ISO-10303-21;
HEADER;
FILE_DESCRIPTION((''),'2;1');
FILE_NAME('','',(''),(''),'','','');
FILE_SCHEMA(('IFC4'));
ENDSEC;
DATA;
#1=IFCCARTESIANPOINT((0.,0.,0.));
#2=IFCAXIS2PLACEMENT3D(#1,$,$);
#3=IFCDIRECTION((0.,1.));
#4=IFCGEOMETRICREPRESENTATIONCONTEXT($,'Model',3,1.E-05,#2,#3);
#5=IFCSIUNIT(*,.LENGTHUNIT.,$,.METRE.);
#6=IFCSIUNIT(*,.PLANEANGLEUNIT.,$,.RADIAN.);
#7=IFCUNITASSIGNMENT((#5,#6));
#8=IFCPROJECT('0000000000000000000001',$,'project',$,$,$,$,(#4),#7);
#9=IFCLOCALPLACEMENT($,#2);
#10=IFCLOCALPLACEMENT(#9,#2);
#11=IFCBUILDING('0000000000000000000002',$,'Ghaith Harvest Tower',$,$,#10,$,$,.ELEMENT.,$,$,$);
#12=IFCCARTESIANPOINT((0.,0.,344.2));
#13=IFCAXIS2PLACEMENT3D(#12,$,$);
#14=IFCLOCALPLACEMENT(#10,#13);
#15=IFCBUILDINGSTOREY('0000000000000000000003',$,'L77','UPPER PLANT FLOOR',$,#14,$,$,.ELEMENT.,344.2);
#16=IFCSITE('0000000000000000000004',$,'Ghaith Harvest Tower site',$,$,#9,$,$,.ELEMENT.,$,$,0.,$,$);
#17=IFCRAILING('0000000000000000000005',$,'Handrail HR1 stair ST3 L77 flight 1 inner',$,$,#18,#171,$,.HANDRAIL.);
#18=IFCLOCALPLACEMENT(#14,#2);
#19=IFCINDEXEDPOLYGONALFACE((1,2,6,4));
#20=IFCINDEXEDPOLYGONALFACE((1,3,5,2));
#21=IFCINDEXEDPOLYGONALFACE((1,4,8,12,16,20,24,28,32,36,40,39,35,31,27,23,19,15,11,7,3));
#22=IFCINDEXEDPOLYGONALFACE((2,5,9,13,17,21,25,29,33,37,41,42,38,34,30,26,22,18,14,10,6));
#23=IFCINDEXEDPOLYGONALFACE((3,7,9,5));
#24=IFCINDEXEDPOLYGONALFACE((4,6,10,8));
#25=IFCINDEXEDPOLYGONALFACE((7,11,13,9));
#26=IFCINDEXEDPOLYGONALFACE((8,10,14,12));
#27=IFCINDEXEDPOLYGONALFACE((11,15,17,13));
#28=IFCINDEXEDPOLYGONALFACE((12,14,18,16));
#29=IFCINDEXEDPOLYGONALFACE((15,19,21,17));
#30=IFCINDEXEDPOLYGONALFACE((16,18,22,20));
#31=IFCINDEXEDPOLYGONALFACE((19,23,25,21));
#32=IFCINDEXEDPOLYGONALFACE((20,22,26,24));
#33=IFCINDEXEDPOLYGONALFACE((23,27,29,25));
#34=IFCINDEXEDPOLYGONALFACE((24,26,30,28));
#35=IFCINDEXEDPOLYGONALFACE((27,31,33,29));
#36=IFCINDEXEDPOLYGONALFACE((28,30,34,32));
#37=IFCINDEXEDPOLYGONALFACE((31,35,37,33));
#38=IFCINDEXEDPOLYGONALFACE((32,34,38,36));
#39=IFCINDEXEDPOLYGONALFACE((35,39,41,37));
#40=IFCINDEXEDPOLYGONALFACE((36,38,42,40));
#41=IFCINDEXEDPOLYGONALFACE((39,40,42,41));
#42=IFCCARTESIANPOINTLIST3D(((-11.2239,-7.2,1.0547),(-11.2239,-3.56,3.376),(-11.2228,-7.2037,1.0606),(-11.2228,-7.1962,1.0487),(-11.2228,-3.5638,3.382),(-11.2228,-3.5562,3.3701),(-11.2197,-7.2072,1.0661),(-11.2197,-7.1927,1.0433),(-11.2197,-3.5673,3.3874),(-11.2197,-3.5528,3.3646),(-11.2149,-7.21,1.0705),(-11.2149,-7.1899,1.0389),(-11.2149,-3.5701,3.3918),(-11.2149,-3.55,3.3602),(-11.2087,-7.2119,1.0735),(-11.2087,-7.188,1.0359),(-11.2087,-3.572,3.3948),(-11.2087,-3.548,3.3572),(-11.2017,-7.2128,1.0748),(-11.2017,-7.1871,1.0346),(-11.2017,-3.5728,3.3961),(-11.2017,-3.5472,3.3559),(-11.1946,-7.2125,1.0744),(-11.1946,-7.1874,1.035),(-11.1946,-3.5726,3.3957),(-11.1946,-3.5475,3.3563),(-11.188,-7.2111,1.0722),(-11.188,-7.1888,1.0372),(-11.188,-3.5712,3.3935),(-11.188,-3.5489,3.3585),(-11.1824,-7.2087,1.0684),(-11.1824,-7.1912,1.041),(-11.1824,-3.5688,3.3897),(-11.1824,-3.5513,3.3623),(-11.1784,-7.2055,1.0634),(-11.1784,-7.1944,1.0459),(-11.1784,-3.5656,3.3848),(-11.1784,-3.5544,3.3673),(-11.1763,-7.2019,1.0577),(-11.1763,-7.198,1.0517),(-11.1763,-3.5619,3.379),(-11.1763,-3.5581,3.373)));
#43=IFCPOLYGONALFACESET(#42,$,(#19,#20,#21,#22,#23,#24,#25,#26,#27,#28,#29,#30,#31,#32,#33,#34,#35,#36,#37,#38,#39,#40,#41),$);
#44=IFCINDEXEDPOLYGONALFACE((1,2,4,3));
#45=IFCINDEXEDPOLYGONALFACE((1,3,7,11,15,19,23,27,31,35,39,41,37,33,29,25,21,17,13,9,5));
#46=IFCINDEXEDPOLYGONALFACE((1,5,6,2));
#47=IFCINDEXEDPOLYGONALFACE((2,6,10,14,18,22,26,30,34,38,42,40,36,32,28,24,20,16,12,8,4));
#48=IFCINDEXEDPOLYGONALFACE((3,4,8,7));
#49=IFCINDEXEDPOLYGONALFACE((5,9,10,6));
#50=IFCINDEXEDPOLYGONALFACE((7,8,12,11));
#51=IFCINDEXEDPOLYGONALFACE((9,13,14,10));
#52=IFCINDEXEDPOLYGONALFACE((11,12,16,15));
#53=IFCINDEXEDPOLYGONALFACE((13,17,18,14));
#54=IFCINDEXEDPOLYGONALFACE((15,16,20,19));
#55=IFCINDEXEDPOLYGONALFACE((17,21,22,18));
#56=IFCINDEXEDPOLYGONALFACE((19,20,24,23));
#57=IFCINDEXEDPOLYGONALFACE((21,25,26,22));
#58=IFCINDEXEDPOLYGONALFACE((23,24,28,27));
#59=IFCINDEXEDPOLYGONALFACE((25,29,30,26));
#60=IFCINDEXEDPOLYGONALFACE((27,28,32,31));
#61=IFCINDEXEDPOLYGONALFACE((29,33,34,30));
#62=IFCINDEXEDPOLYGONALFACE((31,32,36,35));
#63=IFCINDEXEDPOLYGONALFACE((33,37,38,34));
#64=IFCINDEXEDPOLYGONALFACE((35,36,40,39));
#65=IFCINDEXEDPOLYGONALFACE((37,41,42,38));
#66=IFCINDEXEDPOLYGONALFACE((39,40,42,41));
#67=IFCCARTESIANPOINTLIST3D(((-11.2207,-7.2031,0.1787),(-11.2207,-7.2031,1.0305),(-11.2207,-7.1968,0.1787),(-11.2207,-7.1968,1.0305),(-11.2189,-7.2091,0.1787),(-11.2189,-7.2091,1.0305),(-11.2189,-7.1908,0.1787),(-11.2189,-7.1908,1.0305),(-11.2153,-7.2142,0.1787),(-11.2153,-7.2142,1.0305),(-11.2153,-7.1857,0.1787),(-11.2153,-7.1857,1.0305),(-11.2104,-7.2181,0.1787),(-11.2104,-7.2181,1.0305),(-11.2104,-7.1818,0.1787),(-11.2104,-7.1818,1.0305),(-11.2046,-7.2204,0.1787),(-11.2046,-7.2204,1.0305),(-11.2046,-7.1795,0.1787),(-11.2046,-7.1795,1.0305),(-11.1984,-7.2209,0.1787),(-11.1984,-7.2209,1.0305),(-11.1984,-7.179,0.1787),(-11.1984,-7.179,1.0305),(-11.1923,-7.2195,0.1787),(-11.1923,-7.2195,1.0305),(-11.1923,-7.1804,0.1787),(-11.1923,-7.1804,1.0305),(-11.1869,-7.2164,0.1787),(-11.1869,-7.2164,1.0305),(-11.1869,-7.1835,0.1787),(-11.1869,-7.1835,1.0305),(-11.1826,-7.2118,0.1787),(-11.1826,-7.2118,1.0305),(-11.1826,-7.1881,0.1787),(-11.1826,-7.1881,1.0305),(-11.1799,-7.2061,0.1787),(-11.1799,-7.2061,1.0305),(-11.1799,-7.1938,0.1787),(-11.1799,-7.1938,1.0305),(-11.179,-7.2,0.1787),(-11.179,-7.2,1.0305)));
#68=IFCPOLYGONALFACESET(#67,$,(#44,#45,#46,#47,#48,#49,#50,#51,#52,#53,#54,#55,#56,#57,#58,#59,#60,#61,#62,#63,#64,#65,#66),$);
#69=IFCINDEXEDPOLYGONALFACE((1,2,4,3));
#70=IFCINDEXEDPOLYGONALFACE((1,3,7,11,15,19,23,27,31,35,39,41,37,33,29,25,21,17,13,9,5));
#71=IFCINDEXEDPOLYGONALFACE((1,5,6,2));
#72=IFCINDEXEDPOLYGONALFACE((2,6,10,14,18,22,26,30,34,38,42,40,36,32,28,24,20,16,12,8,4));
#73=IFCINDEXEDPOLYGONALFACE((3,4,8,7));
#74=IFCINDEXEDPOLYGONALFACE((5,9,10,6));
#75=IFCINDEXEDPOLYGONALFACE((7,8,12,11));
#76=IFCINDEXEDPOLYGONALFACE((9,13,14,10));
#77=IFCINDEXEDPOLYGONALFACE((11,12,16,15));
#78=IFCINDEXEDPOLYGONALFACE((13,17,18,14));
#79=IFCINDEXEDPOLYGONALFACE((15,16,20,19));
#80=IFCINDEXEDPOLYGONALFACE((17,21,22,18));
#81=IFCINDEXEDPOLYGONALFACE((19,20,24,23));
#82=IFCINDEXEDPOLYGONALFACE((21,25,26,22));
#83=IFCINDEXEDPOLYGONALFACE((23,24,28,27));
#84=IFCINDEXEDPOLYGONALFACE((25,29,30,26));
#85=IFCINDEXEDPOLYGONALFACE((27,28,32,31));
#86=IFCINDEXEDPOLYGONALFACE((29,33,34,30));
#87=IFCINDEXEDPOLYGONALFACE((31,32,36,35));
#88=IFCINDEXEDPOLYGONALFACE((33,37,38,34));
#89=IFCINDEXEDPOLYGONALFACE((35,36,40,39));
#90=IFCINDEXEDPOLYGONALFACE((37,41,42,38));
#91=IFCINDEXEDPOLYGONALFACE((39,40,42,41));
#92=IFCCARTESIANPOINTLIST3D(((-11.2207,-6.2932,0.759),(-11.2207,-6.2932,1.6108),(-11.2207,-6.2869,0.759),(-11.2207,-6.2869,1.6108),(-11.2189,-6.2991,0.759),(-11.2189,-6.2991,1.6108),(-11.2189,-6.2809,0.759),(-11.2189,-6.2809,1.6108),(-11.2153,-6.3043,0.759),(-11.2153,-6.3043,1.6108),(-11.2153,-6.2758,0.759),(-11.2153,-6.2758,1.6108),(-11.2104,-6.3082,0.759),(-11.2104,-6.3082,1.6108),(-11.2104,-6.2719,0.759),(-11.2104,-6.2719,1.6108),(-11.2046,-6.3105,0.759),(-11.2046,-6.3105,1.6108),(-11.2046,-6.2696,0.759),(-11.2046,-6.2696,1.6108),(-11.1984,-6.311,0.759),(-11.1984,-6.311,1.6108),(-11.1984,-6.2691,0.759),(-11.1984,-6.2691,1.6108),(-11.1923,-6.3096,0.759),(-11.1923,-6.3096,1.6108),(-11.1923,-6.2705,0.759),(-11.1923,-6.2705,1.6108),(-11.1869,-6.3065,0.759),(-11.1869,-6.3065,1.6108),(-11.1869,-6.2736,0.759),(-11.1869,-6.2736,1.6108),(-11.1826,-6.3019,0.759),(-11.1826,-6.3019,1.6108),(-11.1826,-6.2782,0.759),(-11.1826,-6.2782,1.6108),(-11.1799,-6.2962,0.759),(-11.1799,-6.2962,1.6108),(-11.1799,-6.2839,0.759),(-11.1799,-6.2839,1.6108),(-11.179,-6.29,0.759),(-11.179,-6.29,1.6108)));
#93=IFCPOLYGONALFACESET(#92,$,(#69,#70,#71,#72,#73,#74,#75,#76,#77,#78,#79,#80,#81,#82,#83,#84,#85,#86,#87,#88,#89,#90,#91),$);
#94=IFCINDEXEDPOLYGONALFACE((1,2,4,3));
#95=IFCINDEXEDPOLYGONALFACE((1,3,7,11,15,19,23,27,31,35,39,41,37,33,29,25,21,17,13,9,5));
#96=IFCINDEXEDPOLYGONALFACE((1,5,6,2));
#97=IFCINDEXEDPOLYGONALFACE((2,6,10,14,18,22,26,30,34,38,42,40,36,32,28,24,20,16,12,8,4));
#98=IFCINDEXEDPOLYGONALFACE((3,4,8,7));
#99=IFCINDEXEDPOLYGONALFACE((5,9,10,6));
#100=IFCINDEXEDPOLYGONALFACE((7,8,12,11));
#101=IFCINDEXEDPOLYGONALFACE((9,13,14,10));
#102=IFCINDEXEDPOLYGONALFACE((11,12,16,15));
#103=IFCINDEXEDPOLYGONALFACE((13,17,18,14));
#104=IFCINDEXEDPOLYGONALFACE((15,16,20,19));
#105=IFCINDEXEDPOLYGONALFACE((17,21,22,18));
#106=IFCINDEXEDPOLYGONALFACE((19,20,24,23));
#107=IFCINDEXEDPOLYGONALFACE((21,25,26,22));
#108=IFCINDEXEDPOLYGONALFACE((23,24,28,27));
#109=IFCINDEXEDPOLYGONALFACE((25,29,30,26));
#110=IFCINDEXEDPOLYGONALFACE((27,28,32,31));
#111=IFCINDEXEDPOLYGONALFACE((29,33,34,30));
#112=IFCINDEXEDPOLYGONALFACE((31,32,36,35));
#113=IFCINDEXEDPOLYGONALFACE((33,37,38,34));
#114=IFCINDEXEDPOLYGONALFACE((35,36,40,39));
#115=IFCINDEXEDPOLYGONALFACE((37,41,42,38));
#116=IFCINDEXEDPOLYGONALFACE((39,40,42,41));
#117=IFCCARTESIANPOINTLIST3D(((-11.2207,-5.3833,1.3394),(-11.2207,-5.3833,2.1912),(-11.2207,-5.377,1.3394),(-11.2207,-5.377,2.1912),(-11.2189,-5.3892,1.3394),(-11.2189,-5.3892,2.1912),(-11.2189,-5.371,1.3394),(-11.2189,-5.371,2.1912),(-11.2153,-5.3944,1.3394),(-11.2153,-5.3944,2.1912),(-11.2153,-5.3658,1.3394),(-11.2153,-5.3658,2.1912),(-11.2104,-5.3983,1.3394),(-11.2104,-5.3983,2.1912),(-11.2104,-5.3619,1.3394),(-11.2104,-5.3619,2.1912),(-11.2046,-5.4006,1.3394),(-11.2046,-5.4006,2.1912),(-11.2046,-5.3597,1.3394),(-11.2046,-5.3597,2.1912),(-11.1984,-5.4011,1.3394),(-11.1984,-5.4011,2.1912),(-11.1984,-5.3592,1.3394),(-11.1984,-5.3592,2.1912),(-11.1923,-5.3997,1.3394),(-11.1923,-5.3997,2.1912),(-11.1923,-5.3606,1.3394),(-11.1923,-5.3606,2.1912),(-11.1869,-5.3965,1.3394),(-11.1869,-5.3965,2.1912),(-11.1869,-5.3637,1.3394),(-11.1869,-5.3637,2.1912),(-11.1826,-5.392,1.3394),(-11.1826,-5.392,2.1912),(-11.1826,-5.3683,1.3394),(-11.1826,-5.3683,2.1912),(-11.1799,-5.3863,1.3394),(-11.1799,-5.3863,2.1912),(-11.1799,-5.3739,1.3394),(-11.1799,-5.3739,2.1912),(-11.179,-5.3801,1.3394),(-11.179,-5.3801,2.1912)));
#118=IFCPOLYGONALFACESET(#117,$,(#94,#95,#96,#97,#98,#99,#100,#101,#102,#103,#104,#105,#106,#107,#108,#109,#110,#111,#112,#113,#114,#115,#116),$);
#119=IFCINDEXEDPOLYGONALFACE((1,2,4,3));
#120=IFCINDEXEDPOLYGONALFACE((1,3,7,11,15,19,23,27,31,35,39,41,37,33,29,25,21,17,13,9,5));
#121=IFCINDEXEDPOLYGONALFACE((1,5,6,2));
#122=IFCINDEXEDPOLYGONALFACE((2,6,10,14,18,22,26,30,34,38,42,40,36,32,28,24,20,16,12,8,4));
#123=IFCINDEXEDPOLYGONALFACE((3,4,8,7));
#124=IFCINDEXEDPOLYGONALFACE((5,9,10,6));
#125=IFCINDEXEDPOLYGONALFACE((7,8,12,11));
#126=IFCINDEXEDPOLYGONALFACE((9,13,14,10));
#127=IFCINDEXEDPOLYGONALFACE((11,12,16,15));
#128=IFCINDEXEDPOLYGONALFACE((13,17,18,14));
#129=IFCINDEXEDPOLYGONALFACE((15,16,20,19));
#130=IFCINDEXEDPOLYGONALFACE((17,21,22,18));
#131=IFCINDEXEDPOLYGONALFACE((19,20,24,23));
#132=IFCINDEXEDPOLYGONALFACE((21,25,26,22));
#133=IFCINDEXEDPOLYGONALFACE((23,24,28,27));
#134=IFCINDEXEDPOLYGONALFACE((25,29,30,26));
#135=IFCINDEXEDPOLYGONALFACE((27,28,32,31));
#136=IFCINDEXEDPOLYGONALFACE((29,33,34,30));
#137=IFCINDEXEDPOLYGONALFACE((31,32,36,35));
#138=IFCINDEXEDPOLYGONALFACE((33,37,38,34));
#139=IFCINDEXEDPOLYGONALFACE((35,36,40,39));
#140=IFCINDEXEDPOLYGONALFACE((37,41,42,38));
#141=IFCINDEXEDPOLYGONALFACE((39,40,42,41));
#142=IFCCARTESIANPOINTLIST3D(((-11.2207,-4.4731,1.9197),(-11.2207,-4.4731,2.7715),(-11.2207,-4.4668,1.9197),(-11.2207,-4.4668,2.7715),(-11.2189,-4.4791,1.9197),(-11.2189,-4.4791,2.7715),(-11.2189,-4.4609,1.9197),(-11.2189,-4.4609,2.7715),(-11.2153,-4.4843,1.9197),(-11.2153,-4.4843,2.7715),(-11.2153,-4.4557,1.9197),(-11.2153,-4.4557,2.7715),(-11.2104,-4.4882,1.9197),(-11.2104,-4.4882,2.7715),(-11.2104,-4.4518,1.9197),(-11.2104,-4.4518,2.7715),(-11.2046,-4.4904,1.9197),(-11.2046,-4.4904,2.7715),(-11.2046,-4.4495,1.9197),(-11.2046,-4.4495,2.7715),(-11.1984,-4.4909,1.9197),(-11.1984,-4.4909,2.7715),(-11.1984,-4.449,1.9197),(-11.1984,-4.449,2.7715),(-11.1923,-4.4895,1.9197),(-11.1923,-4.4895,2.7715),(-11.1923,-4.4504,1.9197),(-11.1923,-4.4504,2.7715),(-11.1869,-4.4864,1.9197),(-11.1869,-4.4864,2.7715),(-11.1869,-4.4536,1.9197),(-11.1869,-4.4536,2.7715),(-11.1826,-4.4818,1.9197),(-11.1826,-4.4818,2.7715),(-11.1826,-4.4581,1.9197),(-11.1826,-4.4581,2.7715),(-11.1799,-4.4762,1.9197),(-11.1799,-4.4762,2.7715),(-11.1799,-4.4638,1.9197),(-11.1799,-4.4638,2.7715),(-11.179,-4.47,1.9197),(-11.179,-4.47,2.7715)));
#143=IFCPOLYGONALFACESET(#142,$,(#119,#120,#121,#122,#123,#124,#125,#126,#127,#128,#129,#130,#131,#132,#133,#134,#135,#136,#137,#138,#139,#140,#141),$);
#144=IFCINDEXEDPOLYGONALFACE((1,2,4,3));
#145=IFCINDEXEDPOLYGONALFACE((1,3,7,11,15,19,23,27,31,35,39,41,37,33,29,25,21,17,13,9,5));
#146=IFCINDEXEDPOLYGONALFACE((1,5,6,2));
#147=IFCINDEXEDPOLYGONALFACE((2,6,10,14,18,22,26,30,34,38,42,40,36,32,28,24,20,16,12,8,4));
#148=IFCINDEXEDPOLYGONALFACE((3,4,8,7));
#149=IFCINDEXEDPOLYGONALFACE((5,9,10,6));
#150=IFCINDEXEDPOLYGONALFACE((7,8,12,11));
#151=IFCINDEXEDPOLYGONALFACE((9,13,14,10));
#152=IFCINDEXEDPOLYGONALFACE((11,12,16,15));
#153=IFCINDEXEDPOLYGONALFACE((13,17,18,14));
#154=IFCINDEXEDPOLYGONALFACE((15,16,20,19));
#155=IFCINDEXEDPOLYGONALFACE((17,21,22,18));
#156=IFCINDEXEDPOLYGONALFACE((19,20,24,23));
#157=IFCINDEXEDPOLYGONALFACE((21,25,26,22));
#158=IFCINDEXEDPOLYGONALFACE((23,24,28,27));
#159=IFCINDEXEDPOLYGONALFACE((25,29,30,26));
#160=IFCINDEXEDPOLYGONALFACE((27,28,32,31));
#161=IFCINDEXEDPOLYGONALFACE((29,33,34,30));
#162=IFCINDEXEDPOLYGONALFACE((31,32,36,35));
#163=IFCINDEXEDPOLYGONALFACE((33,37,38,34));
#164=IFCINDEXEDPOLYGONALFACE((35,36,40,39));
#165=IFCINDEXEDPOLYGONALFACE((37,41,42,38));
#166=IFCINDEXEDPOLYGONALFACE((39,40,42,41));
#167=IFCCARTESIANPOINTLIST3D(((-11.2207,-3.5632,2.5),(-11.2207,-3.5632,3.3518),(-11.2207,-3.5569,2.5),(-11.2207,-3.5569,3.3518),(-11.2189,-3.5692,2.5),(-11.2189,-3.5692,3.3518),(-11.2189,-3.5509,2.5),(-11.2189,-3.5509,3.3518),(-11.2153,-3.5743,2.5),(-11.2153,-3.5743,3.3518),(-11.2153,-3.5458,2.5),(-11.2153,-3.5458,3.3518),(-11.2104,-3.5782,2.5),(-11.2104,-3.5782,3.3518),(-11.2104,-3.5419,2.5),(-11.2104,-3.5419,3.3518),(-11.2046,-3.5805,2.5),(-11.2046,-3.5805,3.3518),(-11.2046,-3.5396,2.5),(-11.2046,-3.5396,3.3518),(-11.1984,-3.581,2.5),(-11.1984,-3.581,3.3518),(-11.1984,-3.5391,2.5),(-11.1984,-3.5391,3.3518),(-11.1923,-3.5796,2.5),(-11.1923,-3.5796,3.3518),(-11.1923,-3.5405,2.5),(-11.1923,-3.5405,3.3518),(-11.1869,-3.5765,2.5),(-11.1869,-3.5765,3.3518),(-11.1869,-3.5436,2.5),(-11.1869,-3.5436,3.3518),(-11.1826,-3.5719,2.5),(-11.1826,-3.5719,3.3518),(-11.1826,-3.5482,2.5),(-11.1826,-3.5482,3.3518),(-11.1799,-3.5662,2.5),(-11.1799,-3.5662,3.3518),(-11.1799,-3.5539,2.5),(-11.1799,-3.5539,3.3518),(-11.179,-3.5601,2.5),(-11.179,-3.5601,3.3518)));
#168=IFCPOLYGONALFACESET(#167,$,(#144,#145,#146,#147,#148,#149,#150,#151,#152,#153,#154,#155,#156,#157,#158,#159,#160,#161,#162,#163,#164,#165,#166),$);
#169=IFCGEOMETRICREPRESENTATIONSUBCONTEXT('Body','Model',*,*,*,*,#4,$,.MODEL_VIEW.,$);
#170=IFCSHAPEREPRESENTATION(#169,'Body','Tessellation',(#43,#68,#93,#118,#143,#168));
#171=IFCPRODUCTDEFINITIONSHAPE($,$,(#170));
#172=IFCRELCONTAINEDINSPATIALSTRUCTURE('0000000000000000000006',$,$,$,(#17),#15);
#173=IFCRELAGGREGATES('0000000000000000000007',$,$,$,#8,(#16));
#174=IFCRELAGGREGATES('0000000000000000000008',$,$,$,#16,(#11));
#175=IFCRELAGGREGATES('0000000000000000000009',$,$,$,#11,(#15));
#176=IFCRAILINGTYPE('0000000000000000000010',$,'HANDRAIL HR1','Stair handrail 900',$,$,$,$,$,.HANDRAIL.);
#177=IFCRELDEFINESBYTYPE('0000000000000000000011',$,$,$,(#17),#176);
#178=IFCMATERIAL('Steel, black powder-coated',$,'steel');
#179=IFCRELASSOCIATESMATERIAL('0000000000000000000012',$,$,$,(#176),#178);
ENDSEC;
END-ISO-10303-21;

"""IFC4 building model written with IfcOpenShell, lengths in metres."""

from ifc_helpers import new_model, si_unit, direction, frame, origin, origin_2d, place, context, subcontext, project, spatial, circle, extrude, material, type_object, element, save


model = new_model("IFC4")

# Units and contexts
model_context = context("Model", 3, precision=1e-05, world=origin(), true_north=direction((0.0, 1.0)))
body_context = subcontext(model_context, "Body", "Model", "MODEL_VIEW")
ifc_project = project(units=[si_unit("LENGTHUNIT", "METRE"), si_unit("PLANEANGLEUNIT", "RADIAN")], contexts=[model_context])

# Site, building, storey
site_placement = place(None, origin())
site = spatial("IfcSite", under=ifc_project, at=site_placement, Name="Ghaith Harvest Tower site", CompositionType="ELEMENT", RefElevation=0.0)
building_placement = place(site_placement, origin())
building = spatial("IfcBuilding", under=site, at=building_placement, Name="Ghaith Harvest Tower", CompositionType="ELEMENT")
storey_placement = place(building_placement, frame((0.0, 0.0, 344.2)))
storey = spatial("IfcBuildingStorey", under=building, at=storey_placement, Name="L77", Description="UPPER PLANT FLOOR", CompositionType="ELEMENT", Elevation=344.2)

# Railing
ifc_material_1 = material(Name="Steel, black powder-coated", Category="steel")
railing_type = type_object("IfcRailingType", Name="HANDRAIL HR1", Description="Stair handrail 900", PredefinedType="HANDRAIL", material=ifc_material_1)
railing_1_placement = place(storey_placement, frame((-11.2, -7.2, 0.1787)))
element("IfcRailing", 1, at=railing_1_placement, inside=storey, type_object=railing_type, Name="Handrail HR1 stair ST3 L77 flight 1 inner", PredefinedType="HANDRAIL", context=body_context, shape_type="SweptSolid", body=[
    extrude(circle(Radius=0.0239, at=origin_2d()), frame((0.0, 0.0, 0.876), z_axis=(0.0, 0.843137, 0.537699), x_axis=(-1.0, 0.0, 0.0)), (0.0, 0.0, 1.0), 4.3171),
    extrude(circle(Radius=0.021, at=origin_2d()), origin(), (0.0, 0.0, 1.0), 0.8518),
    extrude(circle(Radius=0.021, at=origin_2d()), frame((0.0, 0.9099, 0.5803)), (0.0, 0.0, 1.0), 0.8518),
    extrude(circle(Radius=0.021, at=origin_2d()), frame((0.0, 1.8198, 1.1606)), (0.0, 0.0, 1.0), 0.8518),
    extrude(circle(Radius=0.021, at=origin_2d()), frame((0.0, 2.73, 1.741)), (0.0, 0.0, 1.0), 0.8518),
    extrude(circle(Radius=0.021, at=origin_2d()), frame((0.0, 3.6399, 2.3213)), (0.0, 0.0, 1.0), 0.8518),
])

save(model, "model.ifc")
